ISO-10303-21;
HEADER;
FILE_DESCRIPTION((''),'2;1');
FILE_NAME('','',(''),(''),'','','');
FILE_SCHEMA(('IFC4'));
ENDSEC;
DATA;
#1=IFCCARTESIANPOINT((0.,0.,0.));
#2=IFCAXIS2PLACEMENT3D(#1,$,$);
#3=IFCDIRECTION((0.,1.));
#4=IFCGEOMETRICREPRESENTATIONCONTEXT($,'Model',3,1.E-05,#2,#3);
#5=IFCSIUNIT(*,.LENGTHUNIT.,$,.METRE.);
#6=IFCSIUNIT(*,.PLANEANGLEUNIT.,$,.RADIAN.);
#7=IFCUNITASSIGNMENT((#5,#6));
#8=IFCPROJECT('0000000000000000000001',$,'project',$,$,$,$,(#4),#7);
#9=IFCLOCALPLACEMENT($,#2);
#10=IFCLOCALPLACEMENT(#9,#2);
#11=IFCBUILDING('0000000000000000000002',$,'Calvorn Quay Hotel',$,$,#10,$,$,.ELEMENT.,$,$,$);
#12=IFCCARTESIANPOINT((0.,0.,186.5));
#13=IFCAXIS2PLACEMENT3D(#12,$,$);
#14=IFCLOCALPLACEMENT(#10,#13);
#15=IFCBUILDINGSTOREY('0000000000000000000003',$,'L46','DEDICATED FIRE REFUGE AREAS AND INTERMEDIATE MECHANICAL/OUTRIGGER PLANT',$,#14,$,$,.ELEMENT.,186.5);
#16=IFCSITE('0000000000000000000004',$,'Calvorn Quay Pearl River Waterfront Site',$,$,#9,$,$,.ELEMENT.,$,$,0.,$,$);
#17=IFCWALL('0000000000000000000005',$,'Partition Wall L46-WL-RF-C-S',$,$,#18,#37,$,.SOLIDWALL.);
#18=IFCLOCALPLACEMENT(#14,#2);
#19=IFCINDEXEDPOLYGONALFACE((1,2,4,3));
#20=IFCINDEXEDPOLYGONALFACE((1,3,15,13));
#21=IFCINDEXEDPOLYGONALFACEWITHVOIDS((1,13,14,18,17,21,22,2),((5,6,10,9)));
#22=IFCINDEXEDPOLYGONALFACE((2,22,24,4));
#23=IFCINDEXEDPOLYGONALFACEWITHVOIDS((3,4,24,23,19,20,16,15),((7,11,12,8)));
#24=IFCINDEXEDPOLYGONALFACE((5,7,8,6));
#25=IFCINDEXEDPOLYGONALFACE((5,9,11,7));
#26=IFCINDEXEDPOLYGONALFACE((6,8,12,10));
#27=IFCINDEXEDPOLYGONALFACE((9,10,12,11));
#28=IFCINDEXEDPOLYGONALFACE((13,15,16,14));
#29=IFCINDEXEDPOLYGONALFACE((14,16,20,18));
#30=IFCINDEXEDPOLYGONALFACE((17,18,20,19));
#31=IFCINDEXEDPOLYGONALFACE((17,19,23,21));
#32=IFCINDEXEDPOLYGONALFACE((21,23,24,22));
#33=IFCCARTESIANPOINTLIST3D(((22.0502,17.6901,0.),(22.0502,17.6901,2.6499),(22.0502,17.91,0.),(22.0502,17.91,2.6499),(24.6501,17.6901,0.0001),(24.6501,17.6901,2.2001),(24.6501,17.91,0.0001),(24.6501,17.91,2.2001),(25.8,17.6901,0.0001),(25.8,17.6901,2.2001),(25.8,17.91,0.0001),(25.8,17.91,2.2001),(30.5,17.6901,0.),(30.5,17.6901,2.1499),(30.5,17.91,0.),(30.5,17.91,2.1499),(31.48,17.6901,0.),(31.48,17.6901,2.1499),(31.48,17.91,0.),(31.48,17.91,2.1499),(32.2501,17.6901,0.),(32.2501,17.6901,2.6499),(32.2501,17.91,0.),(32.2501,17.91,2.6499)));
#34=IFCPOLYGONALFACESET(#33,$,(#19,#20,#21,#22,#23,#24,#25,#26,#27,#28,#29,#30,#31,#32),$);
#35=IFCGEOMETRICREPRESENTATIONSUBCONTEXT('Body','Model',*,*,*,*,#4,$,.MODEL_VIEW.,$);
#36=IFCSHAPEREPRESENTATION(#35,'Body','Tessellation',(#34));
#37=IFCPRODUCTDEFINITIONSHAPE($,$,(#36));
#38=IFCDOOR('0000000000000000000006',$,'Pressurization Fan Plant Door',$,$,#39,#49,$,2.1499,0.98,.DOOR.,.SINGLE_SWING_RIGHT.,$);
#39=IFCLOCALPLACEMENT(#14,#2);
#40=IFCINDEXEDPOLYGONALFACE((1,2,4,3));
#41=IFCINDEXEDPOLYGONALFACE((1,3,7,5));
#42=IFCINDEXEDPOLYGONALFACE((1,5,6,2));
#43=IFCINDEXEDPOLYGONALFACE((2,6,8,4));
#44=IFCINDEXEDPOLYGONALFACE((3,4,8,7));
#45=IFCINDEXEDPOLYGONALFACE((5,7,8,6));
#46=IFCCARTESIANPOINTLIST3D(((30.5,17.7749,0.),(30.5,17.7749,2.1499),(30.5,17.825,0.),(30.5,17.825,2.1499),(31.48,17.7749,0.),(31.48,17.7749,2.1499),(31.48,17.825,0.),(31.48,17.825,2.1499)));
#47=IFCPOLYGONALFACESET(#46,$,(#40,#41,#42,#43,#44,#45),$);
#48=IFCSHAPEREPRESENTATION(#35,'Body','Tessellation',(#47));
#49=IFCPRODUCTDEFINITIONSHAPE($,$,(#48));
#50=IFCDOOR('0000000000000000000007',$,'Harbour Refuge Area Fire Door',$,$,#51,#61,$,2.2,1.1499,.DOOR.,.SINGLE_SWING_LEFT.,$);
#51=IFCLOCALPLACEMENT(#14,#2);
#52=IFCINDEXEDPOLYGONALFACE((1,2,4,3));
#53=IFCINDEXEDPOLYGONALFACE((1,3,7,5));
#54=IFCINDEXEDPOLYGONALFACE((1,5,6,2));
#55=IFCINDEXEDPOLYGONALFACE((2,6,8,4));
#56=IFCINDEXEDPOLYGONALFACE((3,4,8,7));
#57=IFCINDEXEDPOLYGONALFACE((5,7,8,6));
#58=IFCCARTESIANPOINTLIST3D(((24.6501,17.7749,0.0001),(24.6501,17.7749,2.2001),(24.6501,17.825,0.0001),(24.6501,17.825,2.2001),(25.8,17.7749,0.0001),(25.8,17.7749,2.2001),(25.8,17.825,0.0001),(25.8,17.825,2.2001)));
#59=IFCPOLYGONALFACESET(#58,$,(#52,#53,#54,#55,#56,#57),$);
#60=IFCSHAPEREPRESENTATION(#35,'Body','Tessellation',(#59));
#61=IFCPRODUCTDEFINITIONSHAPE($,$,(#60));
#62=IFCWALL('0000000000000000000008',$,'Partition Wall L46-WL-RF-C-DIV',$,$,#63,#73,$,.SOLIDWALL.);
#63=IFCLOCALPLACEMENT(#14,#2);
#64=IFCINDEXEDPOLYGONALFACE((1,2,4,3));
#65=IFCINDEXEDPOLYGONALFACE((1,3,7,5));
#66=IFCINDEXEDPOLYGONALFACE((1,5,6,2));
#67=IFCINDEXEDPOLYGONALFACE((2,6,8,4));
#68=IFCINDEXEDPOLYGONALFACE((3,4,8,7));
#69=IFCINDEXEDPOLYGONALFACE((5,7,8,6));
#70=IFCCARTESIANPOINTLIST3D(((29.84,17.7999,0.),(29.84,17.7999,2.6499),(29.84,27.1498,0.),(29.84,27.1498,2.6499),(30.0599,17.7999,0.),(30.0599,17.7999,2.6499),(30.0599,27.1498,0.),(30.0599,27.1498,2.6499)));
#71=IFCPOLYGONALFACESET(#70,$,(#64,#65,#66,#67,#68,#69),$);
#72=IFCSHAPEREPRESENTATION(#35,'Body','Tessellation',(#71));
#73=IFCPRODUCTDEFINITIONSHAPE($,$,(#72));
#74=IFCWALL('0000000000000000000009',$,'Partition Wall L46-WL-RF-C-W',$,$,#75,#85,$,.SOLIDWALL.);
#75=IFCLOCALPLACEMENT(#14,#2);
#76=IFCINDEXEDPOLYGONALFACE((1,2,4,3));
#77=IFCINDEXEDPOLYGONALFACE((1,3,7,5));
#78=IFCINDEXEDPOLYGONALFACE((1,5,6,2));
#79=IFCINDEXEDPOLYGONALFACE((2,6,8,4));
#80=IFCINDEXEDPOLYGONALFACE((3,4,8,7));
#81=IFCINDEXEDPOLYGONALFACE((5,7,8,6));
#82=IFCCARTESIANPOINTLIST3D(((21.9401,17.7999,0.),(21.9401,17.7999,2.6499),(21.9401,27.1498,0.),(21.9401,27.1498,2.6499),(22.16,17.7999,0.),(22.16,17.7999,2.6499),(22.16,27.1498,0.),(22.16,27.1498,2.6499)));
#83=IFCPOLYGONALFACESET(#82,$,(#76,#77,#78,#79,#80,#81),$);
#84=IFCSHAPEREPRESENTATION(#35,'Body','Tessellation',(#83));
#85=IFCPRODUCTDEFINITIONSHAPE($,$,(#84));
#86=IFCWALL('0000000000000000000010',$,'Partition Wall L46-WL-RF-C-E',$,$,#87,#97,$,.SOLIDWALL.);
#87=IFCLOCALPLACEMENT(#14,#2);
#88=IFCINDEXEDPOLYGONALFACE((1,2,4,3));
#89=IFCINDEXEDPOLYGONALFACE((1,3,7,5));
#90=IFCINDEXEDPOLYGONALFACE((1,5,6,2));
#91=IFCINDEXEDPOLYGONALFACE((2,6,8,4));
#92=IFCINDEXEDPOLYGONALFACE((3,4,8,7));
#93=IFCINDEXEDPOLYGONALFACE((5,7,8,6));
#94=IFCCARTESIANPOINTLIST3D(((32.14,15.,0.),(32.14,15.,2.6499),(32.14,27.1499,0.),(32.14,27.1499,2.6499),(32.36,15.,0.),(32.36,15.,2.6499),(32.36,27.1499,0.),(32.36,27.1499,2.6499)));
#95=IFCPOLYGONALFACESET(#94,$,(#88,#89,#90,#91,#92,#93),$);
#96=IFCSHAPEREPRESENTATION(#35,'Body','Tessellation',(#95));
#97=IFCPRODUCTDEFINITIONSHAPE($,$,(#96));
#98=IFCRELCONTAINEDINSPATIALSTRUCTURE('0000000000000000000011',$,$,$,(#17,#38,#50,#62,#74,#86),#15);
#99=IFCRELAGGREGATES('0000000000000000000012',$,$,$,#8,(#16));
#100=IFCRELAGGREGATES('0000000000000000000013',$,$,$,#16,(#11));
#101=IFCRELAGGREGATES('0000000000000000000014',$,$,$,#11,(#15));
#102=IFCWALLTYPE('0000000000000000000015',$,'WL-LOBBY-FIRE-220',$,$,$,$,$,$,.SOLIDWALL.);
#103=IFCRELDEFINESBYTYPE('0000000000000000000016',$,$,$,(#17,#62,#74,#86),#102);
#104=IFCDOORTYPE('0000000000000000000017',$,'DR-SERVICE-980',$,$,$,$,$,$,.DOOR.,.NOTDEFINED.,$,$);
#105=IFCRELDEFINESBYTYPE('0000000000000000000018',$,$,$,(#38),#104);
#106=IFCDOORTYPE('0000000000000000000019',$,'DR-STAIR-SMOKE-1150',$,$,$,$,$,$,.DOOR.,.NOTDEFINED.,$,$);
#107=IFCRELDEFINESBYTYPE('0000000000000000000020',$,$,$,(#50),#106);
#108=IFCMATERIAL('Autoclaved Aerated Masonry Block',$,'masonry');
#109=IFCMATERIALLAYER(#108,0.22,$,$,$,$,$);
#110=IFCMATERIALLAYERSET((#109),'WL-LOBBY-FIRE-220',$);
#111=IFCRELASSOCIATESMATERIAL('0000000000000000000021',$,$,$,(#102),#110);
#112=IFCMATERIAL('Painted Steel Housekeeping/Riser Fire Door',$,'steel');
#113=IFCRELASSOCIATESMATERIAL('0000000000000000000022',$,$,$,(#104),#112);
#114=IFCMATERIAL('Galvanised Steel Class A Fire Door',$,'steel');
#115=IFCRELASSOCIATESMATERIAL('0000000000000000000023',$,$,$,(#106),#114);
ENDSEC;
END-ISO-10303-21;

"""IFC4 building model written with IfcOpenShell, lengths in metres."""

from ifc_helpers import new_model, si_unit, direction, frame, frame_2d, origin, place, context, subcontext, project, spatial, rectangle, extrude, material, layer, layer_set, type_object, element, fill, save


model = new_model("IFC4")

# Units and contexts
model_context = context("Model", 3, precision=1e-05, world=origin(), true_north=direction((0.0, 1.0)))
body_context = subcontext(model_context, "Body", "Model", "MODEL_VIEW")
ifc_project = project(units=[si_unit("LENGTHUNIT", "METRE"), si_unit("PLANEANGLEUNIT", "RADIAN")], contexts=[model_context])

# Site, building, storey
site_placement = place(None, origin())
site = spatial("IfcSite", under=ifc_project, at=site_placement, Name="Calvorn Quay Pearl River Waterfront Site", CompositionType="ELEMENT", RefElevation=0.0)
building_placement = place(site_placement, origin())
building = spatial("IfcBuilding", under=site, at=building_placement, Name="Calvorn Quay Hotel", CompositionType="ELEMENT")
storey_placement = place(building_placement, frame((0.0, 0.0, 186.5)))
storey = spatial("IfcBuildingStorey", under=building, at=storey_placement, Name="L46", Description="DEDICATED FIRE REFUGE AREAS AND INTERMEDIATE MECHANICAL/OUTRIGGER PLANT", CompositionType="ELEMENT", Elevation=186.5)

# Wall, openings, doors
ifc_material_1 = material(Name="Autoclaved Aerated Masonry Block", Category="masonry")
ifc_layer_1 = layer(ifc_material_1, 0.22)
ifc_layer_set_1 = layer_set([ifc_layer_1], Name="WL-LOBBY-FIRE-220")
wall_type_1 = type_object("IfcWallType", Name="WL-LOBBY-FIRE-220", PredefinedType="SOLIDWALL", material=ifc_layer_set_1)
wall_1_placement = place(storey_placement, frame((22.05, 17.8, 0.0), z_axis=(0.0, 0.0, 1.0), x_axis=(1.0, 0.0, 0.0)))
wall_1 = element("IfcWall", 1, at=wall_1_placement, inside=storey, type_object=wall_type_1, Name="Partition Wall L46-WL-RF-C-S", PredefinedType="SOLIDWALL", context=body_context, shape_type="SweptSolid", body=[
    extrude(rectangle(XDim=10.2, YDim=0.22, at=frame_2d((5.1001, 0.0))), origin(), (0.0, 0.0, 1.0), 2.6499),
])
opening_1_placement = place(wall_1_placement, frame((2.6001, 0.0, 0.0)))
opening_1 = element("IfcOpeningElement", 2, at=opening_1_placement, cuts=wall_1, PredefinedType="OPENING", context=body_context, shape_type="SweptSolid", body=[
    extrude(rectangle(XDim=1.1499, YDim=2.2, at=frame_2d((0.575, 1.1001))), frame((0.0, 0.1199, 0.0), z_axis=(0.0, -1.0, 0.0), x_axis=(1.0, 0.0, 0.0)), (0.0, 0.0, 1.0), 0.24),
])
opening_2_placement = place(wall_1_placement, frame((8.45, 0.0, 0.0)))
opening_2 = element("IfcOpeningElement", 3, at=opening_2_placement, cuts=wall_1, PredefinedType="OPENING", context=body_context, shape_type="SweptSolid", body=[
    extrude(rectangle(XDim=0.98, YDim=2.1499, at=frame_2d((0.49, 1.075))), frame((0.0, 0.1199, 0.0), z_axis=(0.0, -1.0, 0.0), x_axis=(1.0, 0.0, 0.0)), (0.0, 0.0, 1.0), 0.24),
])
ifc_material_2 = material(Name="Painted Steel Housekeeping/Riser Fire Door", Category="steel")
door_type_1 = type_object("IfcDoorType", Name="DR-SERVICE-980", OperationType="NOTDEFINED", PredefinedType="DOOR", material=ifc_material_2)
door_1_placement = place(opening_2_placement, origin())
door_1 = element("IfcDoor", 4, at=door_1_placement, inside=storey, type_object=door_type_1, Name="Pressurization Fan Plant Door", OperationType="SINGLE_SWING_RIGHT", OverallHeight=2.1499, OverallWidth=0.98, PredefinedType="DOOR", context=body_context, shape_type="SweptSolid", body=[
    extrude(rectangle(XDim=0.98, YDim=2.1499, at=frame_2d((0.49, 1.075))), frame((0.0, 0.0249, 0.0), z_axis=(0.0, -1.0, 0.0), x_axis=(1.0, 0.0, 0.0)), (0.0, 0.0, 1.0), 0.05),
])
fill(opening_2, door_1)
ifc_material_3 = material(Name="Galvanised Steel Class A Fire Door", Category="steel")
door_type_2 = type_object("IfcDoorType", Name="DR-STAIR-SMOKE-1150", OperationType="NOTDEFINED", PredefinedType="DOOR", material=ifc_material_3)
door_2_placement = place(opening_1_placement, origin())
door_2 = element("IfcDoor", 5, at=door_2_placement, inside=storey, type_object=door_type_2, Name="Harbour Refuge Area Fire Door", OperationType="SINGLE_SWING_LEFT", OverallHeight=2.2, OverallWidth=1.1499, PredefinedType="DOOR", context=body_context, shape_type="SweptSolid", body=[
    extrude(rectangle(XDim=1.1499, YDim=2.2, at=frame_2d((0.575, 1.1001))), frame((0.0, 0.0249, 0.0), z_axis=(0.0, -1.0, 0.0), x_axis=(1.0, 0.0, 0.0)), (0.0, 0.0, 1.0), 0.05),
])
fill(opening_1, door_2)

# Walls
for number, where, z_axis, x_axis, name in (
    (6, (29.95, 17.8, 0.0), (0.0, 0.0, 1.0), (0.0, 1.0, 0.0), "Partition Wall L46-WL-RF-C-DIV"),
    (7, (22.05, 17.8, 0.0), (0.0, 0.0, 1.0), (0.0, 1.0, 0.0), "Partition Wall L46-WL-RF-C-W"),
):
    element("IfcWall", number, at=place(storey_placement, frame(where, z_axis=z_axis, x_axis=x_axis)), inside=storey, type_object=wall_type_1, Name=name, PredefinedType="SOLIDWALL", context=body_context, shape_type="SweptSolid", body=[
        extrude(rectangle(XDim=9.3499, YDim=0.22, at=frame_2d((4.6748, 0.0))), origin(), (0.0, 0.0, 1.0), 2.6499),
    ])
wall_2_placement = place(storey_placement, frame((32.25, 15.0, 0.0), z_axis=(0.0, 0.0, 1.0), x_axis=(0.0, 1.0, 0.0)))
element("IfcWall", 8, at=wall_2_placement, inside=storey, type_object=wall_type_1, Name="Partition Wall L46-WL-RF-C-E", PredefinedType="SOLIDWALL", context=body_context, shape_type="SweptSolid", body=[
    extrude(rectangle(XDim=12.1499, YDim=0.22, at=frame_2d((6.075, 0.0))), origin(), (0.0, 0.0, 1.0), 2.6499),
])

save(model, "model.ifc")
